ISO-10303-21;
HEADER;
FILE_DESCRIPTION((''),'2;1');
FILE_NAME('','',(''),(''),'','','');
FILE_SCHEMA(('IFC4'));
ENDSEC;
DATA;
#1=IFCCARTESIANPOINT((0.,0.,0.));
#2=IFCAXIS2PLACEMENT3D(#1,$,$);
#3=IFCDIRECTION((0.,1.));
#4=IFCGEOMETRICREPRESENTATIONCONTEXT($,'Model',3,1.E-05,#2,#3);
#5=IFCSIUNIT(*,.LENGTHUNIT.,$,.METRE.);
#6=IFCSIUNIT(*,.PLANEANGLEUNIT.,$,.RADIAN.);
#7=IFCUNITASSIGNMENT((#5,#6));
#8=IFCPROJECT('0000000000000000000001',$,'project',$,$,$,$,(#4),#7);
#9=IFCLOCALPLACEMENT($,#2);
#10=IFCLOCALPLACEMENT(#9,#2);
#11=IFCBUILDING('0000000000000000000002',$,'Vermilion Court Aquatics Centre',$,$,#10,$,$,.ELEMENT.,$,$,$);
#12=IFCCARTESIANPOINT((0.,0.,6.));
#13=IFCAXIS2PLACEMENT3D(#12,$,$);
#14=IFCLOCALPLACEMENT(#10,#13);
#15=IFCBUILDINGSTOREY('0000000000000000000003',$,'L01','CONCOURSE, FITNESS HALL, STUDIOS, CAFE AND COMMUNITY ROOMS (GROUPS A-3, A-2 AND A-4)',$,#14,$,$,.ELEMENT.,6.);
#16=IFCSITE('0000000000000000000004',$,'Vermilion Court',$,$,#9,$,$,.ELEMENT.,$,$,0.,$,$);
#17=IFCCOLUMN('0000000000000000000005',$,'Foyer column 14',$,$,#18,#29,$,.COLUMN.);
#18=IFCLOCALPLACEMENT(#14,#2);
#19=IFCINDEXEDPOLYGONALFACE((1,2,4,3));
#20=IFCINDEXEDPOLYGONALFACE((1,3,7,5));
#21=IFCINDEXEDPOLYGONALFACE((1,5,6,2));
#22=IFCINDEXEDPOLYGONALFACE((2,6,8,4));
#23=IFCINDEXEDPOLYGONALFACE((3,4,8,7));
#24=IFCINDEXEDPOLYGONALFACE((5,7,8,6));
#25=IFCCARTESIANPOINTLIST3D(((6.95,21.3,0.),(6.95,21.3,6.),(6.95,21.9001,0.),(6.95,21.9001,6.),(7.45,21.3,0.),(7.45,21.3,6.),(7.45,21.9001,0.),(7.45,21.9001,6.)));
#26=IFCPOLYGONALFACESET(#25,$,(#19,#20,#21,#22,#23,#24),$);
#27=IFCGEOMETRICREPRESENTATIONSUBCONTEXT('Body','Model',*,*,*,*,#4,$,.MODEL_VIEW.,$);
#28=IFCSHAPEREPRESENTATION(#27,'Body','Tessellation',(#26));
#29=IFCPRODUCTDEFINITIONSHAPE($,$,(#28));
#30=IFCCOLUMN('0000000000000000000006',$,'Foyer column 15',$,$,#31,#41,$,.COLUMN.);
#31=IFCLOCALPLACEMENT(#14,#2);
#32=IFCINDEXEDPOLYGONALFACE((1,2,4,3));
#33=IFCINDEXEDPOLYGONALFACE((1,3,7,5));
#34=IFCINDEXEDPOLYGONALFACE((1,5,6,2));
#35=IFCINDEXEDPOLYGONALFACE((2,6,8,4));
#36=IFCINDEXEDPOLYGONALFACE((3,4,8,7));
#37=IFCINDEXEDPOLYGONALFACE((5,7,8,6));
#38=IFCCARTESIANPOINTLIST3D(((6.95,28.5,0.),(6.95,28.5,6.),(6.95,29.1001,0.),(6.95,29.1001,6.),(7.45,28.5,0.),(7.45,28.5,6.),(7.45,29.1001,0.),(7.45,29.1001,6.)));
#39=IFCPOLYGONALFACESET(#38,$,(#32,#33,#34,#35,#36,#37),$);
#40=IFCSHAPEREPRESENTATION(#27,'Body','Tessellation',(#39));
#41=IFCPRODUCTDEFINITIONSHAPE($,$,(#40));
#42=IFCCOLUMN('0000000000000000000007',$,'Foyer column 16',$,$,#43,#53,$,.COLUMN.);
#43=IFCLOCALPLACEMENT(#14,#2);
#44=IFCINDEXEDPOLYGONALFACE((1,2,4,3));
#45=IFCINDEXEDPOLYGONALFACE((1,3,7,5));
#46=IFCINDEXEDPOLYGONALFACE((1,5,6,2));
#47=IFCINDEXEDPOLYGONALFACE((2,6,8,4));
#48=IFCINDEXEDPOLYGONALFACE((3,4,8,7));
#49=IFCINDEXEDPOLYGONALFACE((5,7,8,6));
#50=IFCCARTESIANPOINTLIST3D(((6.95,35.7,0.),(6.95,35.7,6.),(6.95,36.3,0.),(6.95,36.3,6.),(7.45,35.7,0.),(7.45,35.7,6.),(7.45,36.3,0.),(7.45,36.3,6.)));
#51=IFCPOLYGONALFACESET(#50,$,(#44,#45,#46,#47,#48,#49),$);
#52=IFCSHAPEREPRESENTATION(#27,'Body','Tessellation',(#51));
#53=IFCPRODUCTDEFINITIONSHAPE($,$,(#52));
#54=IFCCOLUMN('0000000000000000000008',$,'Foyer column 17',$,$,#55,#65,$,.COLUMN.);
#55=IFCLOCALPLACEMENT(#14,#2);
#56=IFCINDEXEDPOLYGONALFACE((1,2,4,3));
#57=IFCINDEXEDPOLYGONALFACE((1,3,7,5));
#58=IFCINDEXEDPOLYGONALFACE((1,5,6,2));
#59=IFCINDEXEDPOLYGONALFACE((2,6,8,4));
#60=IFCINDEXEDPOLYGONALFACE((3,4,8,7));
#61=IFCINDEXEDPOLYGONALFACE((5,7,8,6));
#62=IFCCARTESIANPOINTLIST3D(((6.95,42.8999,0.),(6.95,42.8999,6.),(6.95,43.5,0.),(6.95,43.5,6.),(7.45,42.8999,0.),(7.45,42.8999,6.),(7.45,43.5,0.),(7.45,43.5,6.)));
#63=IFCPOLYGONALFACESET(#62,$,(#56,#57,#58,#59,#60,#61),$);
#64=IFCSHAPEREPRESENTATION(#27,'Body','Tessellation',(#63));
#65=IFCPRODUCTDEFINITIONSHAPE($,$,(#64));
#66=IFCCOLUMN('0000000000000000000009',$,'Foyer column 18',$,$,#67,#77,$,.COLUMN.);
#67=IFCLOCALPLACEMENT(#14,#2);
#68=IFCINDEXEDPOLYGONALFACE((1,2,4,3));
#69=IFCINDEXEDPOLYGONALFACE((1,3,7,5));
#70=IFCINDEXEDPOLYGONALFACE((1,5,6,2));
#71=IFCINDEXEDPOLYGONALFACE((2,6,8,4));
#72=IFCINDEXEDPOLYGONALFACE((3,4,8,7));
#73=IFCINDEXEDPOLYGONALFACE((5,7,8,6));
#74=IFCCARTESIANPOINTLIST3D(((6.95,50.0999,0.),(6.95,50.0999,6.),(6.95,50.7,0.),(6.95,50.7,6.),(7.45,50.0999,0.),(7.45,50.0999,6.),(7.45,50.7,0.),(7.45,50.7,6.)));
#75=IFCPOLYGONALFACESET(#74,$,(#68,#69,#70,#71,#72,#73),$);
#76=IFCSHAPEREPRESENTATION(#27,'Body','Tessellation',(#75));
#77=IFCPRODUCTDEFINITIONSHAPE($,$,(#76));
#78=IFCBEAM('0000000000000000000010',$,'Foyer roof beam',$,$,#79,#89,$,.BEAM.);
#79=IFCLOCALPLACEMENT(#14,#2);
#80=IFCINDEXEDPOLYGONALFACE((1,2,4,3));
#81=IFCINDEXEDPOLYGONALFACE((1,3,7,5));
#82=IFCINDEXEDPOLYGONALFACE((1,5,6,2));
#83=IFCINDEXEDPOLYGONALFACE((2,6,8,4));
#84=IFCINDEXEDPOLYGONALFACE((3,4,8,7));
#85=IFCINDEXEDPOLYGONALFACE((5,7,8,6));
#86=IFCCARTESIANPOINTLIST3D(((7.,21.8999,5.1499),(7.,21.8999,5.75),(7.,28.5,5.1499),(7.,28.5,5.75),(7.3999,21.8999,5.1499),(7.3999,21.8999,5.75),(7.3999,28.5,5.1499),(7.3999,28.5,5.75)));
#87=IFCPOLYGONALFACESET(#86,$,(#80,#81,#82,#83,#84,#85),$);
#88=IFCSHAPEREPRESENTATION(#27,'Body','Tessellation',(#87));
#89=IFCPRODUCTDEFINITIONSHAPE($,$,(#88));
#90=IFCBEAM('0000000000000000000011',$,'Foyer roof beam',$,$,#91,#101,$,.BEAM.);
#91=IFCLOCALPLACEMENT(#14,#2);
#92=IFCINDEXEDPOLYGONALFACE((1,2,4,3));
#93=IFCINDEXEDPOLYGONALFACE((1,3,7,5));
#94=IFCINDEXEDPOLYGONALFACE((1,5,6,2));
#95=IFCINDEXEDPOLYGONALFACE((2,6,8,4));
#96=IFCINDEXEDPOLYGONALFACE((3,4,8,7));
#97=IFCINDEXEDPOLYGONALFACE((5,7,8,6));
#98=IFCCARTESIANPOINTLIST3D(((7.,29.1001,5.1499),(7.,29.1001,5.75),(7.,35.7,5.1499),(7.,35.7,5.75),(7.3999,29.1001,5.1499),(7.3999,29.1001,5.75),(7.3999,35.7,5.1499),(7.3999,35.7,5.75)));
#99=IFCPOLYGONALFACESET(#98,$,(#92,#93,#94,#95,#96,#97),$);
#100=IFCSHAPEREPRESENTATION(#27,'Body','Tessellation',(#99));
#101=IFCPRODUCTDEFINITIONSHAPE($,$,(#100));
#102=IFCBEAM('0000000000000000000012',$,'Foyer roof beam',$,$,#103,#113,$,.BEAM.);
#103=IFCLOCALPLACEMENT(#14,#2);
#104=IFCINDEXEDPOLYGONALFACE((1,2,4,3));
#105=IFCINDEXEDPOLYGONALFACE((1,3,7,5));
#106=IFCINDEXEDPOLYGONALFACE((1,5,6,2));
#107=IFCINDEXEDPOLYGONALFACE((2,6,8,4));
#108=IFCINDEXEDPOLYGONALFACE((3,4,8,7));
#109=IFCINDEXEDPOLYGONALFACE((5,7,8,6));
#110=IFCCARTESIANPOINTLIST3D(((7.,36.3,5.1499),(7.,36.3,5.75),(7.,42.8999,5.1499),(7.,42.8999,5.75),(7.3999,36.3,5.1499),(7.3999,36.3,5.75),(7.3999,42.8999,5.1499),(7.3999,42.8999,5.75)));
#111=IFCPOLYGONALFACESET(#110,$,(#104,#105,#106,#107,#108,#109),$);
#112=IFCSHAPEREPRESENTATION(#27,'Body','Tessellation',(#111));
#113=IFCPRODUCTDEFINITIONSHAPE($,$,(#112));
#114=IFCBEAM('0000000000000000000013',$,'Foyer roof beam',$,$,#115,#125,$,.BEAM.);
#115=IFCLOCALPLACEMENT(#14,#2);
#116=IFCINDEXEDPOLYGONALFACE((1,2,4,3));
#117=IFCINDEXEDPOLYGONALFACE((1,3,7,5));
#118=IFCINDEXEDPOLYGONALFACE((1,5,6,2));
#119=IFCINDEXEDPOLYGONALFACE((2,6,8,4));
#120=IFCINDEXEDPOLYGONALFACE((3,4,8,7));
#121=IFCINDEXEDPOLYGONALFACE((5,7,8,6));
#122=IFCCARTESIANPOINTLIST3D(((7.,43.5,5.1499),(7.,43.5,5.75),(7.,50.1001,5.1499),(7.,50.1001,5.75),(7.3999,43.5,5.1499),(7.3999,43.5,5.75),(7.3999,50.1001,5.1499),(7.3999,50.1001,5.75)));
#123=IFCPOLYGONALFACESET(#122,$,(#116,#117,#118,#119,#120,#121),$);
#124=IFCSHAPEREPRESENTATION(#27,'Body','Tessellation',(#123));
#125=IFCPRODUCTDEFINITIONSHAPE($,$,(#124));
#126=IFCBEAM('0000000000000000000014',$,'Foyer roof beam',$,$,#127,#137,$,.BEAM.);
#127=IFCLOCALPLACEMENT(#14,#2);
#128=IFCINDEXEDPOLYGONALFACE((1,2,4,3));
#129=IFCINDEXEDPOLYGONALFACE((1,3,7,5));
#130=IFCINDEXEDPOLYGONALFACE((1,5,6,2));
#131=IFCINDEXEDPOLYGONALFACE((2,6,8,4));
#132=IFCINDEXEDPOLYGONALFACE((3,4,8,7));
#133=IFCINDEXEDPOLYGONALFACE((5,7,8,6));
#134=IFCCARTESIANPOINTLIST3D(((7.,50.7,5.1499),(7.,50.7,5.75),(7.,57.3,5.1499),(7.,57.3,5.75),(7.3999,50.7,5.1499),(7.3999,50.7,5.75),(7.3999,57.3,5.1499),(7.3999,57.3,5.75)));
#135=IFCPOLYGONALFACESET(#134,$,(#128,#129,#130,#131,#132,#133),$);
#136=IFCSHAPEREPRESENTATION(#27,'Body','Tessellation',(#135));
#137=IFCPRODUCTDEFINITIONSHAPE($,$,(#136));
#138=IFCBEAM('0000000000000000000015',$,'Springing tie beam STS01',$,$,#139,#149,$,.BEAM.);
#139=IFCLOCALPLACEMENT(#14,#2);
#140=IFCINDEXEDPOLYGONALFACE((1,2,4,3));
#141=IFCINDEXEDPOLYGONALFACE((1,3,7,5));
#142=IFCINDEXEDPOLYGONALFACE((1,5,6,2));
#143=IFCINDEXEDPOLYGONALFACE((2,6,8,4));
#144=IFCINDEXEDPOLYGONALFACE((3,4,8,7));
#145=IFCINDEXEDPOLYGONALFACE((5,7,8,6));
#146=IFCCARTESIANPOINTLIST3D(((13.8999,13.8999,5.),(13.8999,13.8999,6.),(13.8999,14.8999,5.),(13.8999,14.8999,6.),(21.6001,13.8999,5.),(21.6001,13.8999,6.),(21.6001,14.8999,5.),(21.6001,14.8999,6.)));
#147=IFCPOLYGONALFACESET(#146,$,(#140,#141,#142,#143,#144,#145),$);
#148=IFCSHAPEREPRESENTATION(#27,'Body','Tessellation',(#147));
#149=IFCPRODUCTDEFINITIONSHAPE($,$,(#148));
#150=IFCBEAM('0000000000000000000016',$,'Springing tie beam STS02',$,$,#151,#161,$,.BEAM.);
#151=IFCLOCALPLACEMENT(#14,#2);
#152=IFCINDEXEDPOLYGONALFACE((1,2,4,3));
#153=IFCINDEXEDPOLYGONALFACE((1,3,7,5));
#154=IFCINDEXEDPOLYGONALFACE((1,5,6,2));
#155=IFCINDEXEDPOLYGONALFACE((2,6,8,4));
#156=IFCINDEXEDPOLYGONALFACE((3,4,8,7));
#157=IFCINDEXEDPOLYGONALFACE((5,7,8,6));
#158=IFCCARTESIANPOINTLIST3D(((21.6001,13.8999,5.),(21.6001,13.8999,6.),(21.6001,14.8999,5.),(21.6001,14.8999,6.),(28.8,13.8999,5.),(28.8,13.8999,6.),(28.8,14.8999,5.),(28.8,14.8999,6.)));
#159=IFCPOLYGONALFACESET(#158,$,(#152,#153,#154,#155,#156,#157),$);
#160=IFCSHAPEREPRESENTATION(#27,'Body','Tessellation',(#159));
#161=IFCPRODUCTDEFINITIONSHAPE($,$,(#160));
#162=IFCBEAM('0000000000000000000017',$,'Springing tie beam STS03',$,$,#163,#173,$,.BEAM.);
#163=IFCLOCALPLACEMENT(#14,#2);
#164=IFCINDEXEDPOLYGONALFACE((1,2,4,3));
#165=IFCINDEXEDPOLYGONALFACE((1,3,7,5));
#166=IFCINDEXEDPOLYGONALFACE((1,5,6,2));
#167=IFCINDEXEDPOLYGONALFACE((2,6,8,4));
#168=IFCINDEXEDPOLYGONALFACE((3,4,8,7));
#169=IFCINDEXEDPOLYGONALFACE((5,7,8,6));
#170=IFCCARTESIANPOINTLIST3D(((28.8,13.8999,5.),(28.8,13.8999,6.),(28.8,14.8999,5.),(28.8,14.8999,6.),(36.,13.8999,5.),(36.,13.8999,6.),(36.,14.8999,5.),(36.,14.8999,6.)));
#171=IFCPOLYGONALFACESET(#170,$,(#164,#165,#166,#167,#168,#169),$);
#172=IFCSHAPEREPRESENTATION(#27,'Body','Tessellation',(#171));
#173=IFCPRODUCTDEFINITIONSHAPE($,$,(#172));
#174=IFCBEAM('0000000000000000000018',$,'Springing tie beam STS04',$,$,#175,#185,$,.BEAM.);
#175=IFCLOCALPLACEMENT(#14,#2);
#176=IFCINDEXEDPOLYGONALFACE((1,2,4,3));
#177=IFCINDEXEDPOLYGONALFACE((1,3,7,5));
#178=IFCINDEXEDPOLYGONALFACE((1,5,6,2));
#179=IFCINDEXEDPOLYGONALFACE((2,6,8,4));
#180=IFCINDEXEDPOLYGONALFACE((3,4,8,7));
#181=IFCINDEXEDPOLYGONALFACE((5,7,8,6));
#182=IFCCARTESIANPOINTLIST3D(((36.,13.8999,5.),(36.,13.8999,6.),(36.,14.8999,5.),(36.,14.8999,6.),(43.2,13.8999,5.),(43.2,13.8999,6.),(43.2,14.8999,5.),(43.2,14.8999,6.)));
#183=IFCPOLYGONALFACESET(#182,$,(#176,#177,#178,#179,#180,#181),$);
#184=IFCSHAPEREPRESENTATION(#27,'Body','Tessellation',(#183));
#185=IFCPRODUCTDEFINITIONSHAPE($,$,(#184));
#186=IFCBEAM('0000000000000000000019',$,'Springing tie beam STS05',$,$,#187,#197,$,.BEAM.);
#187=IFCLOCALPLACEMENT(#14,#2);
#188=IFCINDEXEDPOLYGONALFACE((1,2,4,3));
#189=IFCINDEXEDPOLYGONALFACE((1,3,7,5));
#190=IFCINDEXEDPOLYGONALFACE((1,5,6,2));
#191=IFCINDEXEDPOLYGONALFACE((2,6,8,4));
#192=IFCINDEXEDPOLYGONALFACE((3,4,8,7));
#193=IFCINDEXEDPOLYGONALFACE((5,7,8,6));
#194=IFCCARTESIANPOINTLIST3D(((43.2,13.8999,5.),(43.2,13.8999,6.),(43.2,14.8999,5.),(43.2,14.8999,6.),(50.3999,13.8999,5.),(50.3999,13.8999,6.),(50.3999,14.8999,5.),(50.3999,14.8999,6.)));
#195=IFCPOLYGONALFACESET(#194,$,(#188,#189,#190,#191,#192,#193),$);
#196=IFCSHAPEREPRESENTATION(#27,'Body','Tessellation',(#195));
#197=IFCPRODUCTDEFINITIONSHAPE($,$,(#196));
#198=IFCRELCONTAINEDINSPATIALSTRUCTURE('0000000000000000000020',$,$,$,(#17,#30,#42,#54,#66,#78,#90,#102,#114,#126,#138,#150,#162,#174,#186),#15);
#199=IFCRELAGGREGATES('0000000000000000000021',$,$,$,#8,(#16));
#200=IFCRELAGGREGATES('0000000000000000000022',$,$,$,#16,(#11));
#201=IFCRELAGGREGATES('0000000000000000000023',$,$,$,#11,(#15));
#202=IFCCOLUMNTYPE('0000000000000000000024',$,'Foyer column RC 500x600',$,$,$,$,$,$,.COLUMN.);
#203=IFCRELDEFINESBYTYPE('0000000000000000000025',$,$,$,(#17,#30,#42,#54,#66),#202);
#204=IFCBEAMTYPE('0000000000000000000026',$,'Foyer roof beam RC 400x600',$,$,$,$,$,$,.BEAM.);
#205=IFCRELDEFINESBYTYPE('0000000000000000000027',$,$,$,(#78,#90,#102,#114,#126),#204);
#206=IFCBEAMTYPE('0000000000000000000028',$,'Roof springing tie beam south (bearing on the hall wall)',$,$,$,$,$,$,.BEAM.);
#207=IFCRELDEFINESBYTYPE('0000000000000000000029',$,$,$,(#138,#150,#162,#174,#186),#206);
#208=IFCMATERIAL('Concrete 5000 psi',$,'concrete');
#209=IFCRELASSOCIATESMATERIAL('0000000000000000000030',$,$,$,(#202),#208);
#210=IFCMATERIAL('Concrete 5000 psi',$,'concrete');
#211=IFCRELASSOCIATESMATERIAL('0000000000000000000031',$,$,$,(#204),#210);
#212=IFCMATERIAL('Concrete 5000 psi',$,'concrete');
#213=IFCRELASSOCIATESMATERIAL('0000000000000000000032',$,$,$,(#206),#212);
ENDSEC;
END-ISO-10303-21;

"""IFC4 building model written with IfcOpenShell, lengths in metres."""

from ifc_helpers import new_model, si_unit, direction, frame, origin, origin_2d, place, context, subcontext, project, spatial, rectangle, extrude, material, material_profile, profile_set, type_object, element, save


model = new_model("IFC4")

# Units and contexts
model_context = context("Model", 3, precision=1e-05, world=origin(), true_north=direction((0.0, 1.0)))
body_context = subcontext(model_context, "Body", "Model", "MODEL_VIEW")
ifc_project = project(units=[si_unit("LENGTHUNIT", "METRE"), si_unit("PLANEANGLEUNIT", "RADIAN")], contexts=[model_context])

# Site, building, storey
site_placement = place(None, origin())
site = spatial("IfcSite", under=ifc_project, at=site_placement, Name="Vermilion Court", CompositionType="ELEMENT", RefElevation=0.0)
building_placement = place(site_placement, origin())
building = spatial("IfcBuilding", under=site, at=building_placement, Name="Vermilion Court Aquatics Centre", CompositionType="ELEMENT")
storey_placement = place(building_placement, frame((0.0, 0.0, 6.0)))
storey = spatial("IfcBuildingStorey", under=building, at=storey_placement, Name="L01", Description="CONCOURSE, FITNESS HALL, STUDIOS, CAFE AND COMMUNITY ROOMS (GROUPS A-3, A-2 AND A-4)", CompositionType="ELEMENT", Elevation=6.0)

# Columns
ifc_material_1 = material(Name="Concrete 5000 psi", Category="concrete")
ifc_material_profile_1 = material_profile(ifc_material_1, rectangle(XDim=0.5, YDim=0.6001, at=origin_2d()), Name="RC 500x600")
ifc_profile_set_1 = profile_set([ifc_material_profile_1], Name="Concrete 5000 psi")
column_type = type_object("IfcColumnType", Name="Foyer column RC 500x600", PredefinedType="COLUMN", material=ifc_profile_set_1)
for number, where, z_axis, x_axis, name in (
    (1, (7.2, 21.6001, 0.0), (0.0, 0.0, 1.0), (1.0, 0.0, 0.0), "Foyer column 14"),
    (2, (7.2, 28.8, 0.0), (0.0, 0.0, 1.0), (1.0, 0.0, 0.0), "Foyer column 15"),
    (3, (7.2, 36.0, 0.0), (0.0, 0.0, 1.0), (1.0, 0.0, 0.0), "Foyer column 16"),
    (4, (7.2, 43.2, 0.0), (0.0, 0.0, 1.0), (1.0, 0.0, 0.0), "Foyer column 17"),
    (5, (7.2, 50.3999, 0.0), (0.0, 0.0, 1.0), (1.0, 0.0, 0.0), "Foyer column 18"),
):
    element("IfcColumn", number, at=place(storey_placement, frame(where, z_axis=z_axis, x_axis=x_axis)), inside=storey, type_object=column_type, Name=name, PredefinedType="COLUMN", context=body_context, shape_type="SweptSolid", body=[
        extrude(rectangle(XDim=0.5, YDim=0.6001, at=origin_2d()), origin(), (0.0, 0.0, 1.0), 6.0),
    ])

# Beams
ifc_material_2 = material(Name="Concrete 5000 psi", Category="concrete")
ifc_material_profile_2 = material_profile(ifc_material_2, rectangle(XDim=0.3999, YDim=0.6001, at=origin_2d()), Name="RC 400x600")
ifc_profile_set_2 = profile_set([ifc_material_profile_2], Name="Concrete 5000 psi")
beam_type_1 = type_object("IfcBeamType", Name="Foyer roof beam RC 400x600", PredefinedType="BEAM", material=ifc_profile_set_2)
beam_1_placement = place(storey_placement, frame((7.2, 21.8999, 5.45), z_axis=(0.0, 1.0, 0.0), x_axis=(-1.0, 0.0, 0.0)))
element("IfcBeam", 6, at=beam_1_placement, inside=storey, type_object=beam_type_1, Name="Foyer roof beam", PredefinedType="BEAM", context=body_context, shape_type="SweptSolid", body=[
    extrude(rectangle(XDim=0.3999, YDim=0.6001, at=origin_2d()), origin(), (0.0, 0.0, 1.0), 6.6001),
])
for number, where, z_axis, x_axis, name in (
    (7, (7.2, 29.1001, 5.45), (0.0, 1.0, 0.0), (-1.0, 0.0, 0.0), "Foyer roof beam"),
    (8, (7.2, 36.3, 5.45), (0.0, 1.0, 0.0), (-1.0, 0.0, 0.0), "Foyer roof beam"),
):
    element("IfcBeam", number, at=place(storey_placement, frame(where, z_axis=z_axis, x_axis=x_axis)), inside=storey, type_object=beam_type_1, Name=name, PredefinedType="BEAM", context=body_context, shape_type="SweptSolid", body=[
        extrude(rectangle(XDim=0.3999, YDim=0.6001, at=origin_2d()), origin(), (0.0, 0.0, 1.0), 6.5999),
    ])
for number, where, z_axis, x_axis, name in (
    (9, (7.2, 43.5, 5.45), (0.0, 1.0, 0.0), (-1.0, 0.0, 0.0), "Foyer roof beam"),
    (10, (7.2, 50.7, 5.45), (0.0, 1.0, 0.0), (-1.0, 0.0, 0.0), "Foyer roof beam"),
):
    element("IfcBeam", number, at=place(storey_placement, frame(where, z_axis=z_axis, x_axis=x_axis)), inside=storey, type_object=beam_type_1, Name=name, PredefinedType="BEAM", context=body_context, shape_type="SweptSolid", body=[
        extrude(rectangle(XDim=0.3999, YDim=0.6001, at=origin_2d()), origin(), (0.0, 0.0, 1.0), 6.6001),
    ])
ifc_material_3 = material(Name="Concrete 5000 psi", Category="concrete")
ifc_material_profile_3 = material_profile(ifc_material_3, rectangle(XDim=1.0, YDim=1.0, at=origin_2d()), Name="RC 1000x1000")
ifc_profile_set_3 = profile_set([ifc_material_profile_3], Name="Concrete 5000 psi")
beam_type_2 = type_object("IfcBeamType", Name="Roof springing tie beam south (bearing on the hall wall)", PredefinedType="BEAM", material=ifc_profile_set_3)
beam_2_placement = place(storey_placement, frame((13.8999, 14.3999, 5.5), z_axis=(1.0, 0.0, 0.0), x_axis=(0.0, 1.0, 0.0)))
element("IfcBeam", 11, at=beam_2_placement, inside=storey, type_object=beam_type_2, Name="Springing tie beam STS01", PredefinedType="BEAM", context=body_context, shape_type="SweptSolid", body=[
    extrude(rectangle(XDim=1.0, YDim=1.0, at=origin_2d()), origin(), (0.0, 0.0, 1.0), 7.7002),
])
for number, where, z_axis, x_axis, name in (
    (12, (21.6001, 14.3999, 5.5), (1.0, 0.0, 0.0), (0.0, 1.0, 0.0), "Springing tie beam STS02"),
    (13, (28.8, 14.3999, 5.5), (1.0, 0.0, 0.0), (0.0, 1.0, 0.0), "Springing tie beam STS03"),
    (14, (36.0, 14.3999, 5.5), (1.0, 0.0, 0.0), (0.0, 1.0, 0.0), "Springing tie beam STS04"),
    (15, (43.2, 14.3999, 5.5), (1.0, 0.0, 0.0), (0.0, 1.0, 0.0), "Springing tie beam STS05"),
):
    element("IfcBeam", number, at=place(storey_placement, frame(where, z_axis=z_axis, x_axis=x_axis)), inside=storey, type_object=beam_type_2, Name=name, PredefinedType="BEAM", context=body_context, shape_type="SweptSolid", body=[
        extrude(rectangle(XDim=1.0, YDim=1.0, at=origin_2d()), origin(), (0.0, 0.0, 1.0), 7.2),
    ])

save(model, "model.ifc")
